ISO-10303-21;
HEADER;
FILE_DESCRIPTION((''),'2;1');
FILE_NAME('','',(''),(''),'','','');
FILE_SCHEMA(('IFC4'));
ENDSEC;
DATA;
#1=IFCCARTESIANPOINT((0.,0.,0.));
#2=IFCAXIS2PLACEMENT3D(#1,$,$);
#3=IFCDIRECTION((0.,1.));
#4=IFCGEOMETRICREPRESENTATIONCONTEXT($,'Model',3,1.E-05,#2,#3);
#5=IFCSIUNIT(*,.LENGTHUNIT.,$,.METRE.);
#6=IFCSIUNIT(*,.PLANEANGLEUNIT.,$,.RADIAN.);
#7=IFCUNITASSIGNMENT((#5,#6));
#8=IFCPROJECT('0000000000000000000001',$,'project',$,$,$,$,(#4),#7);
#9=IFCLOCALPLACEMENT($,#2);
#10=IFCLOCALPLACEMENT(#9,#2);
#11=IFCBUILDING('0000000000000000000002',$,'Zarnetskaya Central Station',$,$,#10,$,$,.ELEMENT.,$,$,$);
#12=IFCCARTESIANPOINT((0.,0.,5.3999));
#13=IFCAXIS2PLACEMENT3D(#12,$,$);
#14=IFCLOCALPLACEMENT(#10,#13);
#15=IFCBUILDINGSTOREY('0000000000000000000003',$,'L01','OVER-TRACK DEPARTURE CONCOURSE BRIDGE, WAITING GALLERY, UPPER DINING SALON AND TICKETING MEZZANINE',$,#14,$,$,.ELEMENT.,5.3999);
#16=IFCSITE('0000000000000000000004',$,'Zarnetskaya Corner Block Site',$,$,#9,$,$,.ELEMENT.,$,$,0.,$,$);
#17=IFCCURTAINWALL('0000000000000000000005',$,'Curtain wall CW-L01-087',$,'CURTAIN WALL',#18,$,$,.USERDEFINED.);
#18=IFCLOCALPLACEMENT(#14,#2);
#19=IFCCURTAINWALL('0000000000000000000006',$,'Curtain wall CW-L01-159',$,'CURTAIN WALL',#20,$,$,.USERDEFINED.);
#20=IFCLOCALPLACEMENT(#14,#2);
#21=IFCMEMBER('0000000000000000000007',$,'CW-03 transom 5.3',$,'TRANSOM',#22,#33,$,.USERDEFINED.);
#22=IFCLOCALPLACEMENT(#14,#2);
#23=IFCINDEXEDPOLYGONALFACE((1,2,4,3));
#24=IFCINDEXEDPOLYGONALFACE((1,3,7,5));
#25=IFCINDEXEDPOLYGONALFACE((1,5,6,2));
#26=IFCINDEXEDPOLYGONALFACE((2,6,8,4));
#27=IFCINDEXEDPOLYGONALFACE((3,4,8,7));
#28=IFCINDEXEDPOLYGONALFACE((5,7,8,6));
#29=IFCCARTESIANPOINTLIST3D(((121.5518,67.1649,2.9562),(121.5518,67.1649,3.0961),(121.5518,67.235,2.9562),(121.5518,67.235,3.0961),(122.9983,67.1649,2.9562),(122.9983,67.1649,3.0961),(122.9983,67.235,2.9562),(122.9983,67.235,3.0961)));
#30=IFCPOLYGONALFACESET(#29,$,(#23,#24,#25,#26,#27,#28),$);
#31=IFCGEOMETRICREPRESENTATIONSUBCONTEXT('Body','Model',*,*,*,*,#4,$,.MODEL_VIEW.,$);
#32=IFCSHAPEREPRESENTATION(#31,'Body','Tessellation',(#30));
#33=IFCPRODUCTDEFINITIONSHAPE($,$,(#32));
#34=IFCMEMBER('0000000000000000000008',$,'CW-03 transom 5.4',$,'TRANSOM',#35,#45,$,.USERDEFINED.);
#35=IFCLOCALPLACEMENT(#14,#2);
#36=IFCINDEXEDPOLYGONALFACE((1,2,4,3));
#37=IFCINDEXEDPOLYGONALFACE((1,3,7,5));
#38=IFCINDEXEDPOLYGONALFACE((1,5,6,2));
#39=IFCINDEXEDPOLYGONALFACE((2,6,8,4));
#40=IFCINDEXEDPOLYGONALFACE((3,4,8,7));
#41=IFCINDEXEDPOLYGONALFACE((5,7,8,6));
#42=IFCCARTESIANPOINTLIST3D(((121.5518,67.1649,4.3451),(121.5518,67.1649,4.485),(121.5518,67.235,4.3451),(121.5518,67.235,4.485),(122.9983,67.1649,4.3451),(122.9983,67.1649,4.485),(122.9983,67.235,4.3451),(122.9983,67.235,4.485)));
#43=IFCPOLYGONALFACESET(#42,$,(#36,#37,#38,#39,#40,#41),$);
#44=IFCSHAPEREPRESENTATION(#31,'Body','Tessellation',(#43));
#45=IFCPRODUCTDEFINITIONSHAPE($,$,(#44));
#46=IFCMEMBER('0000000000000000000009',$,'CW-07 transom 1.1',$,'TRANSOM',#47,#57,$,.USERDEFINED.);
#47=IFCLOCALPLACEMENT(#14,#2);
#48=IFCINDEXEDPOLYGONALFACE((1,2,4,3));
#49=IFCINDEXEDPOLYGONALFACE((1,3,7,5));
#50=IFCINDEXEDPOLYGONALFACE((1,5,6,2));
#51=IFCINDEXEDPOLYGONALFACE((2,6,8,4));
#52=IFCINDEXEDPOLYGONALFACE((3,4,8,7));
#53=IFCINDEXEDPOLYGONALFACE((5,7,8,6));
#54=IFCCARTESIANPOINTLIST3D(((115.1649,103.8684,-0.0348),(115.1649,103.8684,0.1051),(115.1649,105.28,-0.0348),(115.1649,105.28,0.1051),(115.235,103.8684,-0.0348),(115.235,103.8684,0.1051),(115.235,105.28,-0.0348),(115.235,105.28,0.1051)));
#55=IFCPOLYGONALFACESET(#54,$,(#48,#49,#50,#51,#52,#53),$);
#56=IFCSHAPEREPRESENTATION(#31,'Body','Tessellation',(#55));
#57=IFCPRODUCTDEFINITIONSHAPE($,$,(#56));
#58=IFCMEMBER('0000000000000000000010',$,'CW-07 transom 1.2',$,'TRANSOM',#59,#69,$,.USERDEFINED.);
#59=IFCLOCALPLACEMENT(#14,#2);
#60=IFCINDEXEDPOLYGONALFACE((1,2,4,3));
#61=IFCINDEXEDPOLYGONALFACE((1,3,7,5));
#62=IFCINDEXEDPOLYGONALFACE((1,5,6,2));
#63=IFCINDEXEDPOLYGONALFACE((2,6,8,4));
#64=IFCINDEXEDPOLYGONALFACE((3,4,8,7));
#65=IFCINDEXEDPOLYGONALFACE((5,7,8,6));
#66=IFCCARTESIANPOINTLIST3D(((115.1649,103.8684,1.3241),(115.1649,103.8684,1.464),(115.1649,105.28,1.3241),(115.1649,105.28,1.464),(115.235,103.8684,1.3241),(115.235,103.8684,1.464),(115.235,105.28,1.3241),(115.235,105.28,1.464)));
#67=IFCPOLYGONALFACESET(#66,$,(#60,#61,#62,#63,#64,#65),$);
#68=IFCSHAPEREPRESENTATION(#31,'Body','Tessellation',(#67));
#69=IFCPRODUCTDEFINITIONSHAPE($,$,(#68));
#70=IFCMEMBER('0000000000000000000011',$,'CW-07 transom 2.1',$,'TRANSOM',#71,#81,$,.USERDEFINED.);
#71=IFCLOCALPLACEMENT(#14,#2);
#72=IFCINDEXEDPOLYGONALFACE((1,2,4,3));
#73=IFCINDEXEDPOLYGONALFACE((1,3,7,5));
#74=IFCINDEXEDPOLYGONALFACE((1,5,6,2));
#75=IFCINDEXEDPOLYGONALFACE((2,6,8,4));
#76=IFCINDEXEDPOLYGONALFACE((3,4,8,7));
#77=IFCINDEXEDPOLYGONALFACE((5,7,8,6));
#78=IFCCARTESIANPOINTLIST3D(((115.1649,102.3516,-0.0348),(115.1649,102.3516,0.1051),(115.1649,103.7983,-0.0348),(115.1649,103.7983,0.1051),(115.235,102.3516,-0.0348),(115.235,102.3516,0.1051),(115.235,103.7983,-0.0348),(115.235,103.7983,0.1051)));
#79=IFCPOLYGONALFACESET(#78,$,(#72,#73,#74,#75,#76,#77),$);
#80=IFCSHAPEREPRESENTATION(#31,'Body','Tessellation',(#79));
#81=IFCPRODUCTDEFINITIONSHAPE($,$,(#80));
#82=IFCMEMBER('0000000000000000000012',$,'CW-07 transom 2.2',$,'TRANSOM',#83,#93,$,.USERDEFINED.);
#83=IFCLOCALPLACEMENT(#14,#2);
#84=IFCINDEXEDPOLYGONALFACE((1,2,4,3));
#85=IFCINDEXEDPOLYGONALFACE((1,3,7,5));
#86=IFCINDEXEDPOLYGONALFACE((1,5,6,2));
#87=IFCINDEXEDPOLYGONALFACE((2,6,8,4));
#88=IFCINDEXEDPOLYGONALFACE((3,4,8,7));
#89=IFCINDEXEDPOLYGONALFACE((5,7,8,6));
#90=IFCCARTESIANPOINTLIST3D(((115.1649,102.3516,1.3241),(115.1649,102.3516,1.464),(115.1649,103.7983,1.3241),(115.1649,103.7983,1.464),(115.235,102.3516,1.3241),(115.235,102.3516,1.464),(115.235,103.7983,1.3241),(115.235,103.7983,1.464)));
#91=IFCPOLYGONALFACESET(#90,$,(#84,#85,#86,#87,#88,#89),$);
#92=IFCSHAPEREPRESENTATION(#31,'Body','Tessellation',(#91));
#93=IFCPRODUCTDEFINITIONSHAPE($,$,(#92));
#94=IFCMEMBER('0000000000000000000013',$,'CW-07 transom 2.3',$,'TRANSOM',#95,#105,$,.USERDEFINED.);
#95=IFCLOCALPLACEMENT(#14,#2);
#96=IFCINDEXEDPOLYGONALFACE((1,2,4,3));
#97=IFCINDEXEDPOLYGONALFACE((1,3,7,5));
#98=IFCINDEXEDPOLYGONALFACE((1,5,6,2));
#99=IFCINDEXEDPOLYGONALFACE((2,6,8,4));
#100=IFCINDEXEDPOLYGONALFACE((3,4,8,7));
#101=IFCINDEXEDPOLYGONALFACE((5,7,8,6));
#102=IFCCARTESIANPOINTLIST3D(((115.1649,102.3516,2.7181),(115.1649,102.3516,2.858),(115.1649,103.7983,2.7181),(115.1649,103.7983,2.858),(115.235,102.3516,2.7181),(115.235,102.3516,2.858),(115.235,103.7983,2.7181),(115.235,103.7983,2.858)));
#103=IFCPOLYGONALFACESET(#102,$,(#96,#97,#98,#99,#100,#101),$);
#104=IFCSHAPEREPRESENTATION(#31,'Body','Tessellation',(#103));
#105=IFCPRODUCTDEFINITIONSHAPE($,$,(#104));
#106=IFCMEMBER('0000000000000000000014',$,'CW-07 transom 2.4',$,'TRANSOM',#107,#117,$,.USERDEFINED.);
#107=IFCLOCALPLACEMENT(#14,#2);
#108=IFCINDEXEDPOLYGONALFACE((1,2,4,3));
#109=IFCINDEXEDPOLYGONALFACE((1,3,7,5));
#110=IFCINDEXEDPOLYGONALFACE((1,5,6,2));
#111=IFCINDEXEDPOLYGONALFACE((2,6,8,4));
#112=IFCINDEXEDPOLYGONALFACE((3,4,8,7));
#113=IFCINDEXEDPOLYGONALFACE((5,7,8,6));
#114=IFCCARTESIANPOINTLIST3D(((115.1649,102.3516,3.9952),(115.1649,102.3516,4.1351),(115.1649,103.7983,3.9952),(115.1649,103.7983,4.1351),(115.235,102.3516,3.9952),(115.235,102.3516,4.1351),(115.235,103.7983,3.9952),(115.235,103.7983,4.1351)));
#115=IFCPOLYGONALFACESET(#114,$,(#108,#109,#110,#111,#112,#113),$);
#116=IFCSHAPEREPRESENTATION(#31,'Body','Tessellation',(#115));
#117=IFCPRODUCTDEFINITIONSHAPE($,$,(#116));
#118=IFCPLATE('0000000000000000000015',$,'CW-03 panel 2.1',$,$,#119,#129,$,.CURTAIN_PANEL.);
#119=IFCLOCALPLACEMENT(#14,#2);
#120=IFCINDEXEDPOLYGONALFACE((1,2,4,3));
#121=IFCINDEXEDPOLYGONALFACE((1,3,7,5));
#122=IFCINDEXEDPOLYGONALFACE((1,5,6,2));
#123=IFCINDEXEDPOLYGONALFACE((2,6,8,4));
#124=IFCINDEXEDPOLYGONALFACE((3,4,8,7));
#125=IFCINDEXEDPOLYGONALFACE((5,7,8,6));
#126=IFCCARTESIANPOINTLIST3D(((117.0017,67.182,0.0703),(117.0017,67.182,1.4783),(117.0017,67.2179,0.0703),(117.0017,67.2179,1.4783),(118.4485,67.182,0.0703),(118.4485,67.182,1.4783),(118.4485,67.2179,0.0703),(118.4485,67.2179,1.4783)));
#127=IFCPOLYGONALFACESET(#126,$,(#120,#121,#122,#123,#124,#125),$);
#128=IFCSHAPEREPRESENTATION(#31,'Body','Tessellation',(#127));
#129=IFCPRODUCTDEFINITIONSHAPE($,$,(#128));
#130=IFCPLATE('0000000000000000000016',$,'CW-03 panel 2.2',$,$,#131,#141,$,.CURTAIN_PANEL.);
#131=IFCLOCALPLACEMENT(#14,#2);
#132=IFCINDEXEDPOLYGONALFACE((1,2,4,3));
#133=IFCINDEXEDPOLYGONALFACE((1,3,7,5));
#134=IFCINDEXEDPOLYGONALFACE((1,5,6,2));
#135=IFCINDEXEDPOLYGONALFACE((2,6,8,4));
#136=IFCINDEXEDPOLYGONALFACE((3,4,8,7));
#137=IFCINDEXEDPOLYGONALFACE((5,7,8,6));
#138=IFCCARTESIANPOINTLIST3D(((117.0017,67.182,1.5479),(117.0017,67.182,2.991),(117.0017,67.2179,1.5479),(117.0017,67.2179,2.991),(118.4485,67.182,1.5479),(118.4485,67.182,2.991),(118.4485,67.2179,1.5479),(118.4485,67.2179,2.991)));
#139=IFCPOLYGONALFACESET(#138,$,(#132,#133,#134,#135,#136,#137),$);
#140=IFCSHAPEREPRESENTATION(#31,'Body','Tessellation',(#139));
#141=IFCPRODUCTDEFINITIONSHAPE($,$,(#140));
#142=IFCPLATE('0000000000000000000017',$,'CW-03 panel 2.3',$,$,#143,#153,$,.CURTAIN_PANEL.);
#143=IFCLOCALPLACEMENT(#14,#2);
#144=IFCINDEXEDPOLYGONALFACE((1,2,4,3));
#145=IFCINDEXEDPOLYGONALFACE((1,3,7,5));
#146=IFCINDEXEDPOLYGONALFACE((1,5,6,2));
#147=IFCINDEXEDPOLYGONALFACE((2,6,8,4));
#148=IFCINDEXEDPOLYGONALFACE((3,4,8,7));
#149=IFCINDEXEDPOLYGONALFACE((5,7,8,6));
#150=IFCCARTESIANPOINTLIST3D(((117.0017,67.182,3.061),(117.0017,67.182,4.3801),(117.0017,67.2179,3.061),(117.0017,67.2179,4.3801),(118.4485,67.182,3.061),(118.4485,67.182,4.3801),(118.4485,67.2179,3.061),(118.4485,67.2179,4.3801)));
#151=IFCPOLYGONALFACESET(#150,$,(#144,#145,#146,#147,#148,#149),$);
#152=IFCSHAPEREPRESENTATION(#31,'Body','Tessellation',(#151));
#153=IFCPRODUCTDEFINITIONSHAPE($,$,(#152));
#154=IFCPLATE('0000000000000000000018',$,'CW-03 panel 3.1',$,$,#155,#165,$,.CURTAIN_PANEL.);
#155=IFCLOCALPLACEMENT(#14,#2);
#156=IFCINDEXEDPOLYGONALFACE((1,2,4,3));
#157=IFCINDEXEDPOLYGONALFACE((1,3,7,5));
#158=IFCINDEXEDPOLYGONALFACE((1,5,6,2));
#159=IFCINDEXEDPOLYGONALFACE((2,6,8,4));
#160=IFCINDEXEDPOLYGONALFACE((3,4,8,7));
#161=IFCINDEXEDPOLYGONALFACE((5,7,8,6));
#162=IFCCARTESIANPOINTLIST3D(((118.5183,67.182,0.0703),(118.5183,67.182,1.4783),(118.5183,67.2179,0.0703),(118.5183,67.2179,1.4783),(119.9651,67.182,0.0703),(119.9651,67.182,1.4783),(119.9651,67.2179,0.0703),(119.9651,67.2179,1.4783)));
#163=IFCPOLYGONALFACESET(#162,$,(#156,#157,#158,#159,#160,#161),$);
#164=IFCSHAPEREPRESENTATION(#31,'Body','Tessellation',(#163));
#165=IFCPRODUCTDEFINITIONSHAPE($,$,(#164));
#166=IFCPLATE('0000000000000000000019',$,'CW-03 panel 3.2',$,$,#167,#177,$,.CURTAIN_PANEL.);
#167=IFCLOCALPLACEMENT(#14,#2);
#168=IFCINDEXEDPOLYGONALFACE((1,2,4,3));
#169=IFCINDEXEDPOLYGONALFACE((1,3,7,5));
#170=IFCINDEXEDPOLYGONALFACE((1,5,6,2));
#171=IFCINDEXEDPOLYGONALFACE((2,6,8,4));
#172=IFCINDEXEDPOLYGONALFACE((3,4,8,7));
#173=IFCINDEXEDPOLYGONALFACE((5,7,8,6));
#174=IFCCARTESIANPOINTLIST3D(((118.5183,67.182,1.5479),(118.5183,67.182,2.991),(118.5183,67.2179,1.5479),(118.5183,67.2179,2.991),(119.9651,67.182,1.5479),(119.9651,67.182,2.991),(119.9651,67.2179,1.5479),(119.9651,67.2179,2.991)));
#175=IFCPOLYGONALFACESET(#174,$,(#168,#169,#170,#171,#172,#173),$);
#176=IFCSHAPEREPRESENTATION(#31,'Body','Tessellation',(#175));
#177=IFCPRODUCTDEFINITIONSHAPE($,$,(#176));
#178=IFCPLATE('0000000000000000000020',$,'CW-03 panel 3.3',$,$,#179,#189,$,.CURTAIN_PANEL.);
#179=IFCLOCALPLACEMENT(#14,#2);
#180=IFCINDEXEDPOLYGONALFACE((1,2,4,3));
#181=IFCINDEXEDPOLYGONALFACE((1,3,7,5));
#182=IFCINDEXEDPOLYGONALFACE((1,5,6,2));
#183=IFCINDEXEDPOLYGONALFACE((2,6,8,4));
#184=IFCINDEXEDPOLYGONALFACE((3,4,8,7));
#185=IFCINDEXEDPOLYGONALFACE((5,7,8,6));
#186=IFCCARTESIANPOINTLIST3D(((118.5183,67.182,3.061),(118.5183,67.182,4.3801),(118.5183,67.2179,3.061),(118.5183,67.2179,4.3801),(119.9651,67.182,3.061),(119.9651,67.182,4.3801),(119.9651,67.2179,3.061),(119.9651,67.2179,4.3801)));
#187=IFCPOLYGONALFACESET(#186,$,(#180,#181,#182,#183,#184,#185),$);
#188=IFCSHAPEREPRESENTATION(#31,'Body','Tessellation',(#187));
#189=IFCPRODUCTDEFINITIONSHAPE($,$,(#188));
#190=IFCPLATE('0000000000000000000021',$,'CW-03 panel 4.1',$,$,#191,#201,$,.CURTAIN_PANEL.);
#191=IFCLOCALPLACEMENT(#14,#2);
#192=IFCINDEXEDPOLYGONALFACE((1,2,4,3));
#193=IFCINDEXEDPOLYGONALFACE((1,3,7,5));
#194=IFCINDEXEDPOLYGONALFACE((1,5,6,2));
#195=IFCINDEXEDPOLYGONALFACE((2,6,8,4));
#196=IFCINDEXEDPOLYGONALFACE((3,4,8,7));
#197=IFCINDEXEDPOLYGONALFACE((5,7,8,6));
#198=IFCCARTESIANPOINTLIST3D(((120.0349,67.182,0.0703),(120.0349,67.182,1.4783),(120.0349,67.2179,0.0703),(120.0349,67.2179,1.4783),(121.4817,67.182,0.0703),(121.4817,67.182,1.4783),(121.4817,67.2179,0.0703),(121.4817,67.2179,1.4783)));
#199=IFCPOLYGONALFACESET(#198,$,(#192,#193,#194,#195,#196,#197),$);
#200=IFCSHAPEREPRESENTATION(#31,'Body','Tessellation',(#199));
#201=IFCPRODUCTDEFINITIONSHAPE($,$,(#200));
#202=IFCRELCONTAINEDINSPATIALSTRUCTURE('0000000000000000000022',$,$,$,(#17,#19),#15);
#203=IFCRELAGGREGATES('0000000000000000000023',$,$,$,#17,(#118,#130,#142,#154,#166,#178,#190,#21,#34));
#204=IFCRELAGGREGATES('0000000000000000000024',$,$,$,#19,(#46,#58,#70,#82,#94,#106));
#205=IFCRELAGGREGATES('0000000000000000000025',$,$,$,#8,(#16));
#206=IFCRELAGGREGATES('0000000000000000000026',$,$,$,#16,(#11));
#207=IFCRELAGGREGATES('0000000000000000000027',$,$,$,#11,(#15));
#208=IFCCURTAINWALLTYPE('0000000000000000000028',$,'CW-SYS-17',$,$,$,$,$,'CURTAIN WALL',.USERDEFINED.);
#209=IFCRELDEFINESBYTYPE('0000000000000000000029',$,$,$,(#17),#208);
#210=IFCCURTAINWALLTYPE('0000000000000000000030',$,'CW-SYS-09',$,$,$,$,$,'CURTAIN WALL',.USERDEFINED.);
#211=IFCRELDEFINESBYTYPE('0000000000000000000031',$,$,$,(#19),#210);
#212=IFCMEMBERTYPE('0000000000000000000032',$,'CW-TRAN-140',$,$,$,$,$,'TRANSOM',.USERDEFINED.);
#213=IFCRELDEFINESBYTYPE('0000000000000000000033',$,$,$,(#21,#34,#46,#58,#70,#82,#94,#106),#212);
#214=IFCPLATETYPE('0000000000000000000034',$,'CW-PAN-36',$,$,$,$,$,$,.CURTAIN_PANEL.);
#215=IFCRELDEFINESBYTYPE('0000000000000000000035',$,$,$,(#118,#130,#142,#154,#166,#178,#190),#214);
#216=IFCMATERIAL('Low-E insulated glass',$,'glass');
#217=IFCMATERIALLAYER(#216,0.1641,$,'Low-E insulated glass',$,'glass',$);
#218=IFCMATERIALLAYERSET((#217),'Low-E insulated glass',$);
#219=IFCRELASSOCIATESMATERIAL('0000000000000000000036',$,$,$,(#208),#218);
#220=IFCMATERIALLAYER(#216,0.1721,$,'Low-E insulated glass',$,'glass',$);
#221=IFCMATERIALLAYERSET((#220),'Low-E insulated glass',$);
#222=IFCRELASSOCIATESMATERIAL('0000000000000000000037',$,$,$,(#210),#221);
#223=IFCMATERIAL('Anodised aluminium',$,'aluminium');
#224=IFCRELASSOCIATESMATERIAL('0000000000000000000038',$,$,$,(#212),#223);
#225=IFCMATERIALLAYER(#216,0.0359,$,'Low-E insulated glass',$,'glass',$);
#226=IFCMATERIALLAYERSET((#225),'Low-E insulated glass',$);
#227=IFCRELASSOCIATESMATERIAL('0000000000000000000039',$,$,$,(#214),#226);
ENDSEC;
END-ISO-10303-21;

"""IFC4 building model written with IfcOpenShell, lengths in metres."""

from ifc_helpers import new_model, si_unit, direction, frame, origin, origin_2d, place, context, subcontext, project, spatial, rectangle, extrude, material, layer, layer_set, material_profile, profile_set, type_object, element, aggregate, save


model = new_model("IFC4")

# Units and contexts
model_context = context("Model", 3, precision=1e-05, world=origin(), true_north=direction((0.0, 1.0)))
body_context = subcontext(model_context, "Body", "Model", "MODEL_VIEW")
ifc_project = project(units=[si_unit("LENGTHUNIT", "METRE"), si_unit("PLANEANGLEUNIT", "RADIAN")], contexts=[model_context])

# Site, building, storey
site_placement = place(None, origin())
site = spatial("IfcSite", under=ifc_project, at=site_placement, Name="Zarnetskaya Corner Block Site", CompositionType="ELEMENT", RefElevation=0.0)
building_placement = place(site_placement, origin())
building = spatial("IfcBuilding", under=site, at=building_placement, Name="Zarnetskaya Central Station", CompositionType="ELEMENT")
storey_placement = place(building_placement, frame((0.0, 0.0, 5.3999)))
storey = spatial("IfcBuildingStorey", under=building, at=storey_placement, Name="L01", Description="OVER-TRACK DEPARTURE CONCOURSE BRIDGE, WAITING GALLERY, UPPER DINING SALON AND TICKETING MEZZANINE", CompositionType="ELEMENT", Elevation=5.3999)

# Curtain wall
ifc_material_1 = material(Name="Low-E insulated glass", Category="glass")
ifc_layer_1 = layer(ifc_material_1, 0.1641, Name="Low-E insulated glass", Category="glass")
ifc_layer_set_1 = layer_set([ifc_layer_1], Name="Low-E insulated glass")
curtain_wall_type_1 = type_object("IfcCurtainWallType", Name="CW-SYS-17", ElementType="CURTAIN WALL", PredefinedType="USERDEFINED", material=ifc_layer_set_1)
curtain_wall_1_placement = place(storey_placement, origin())
curtain_wall_1 = element("IfcCurtainWall", 1, at=curtain_wall_1_placement, inside=storey, type_object=curtain_wall_type_1, Name="Curtain wall CW-L01-087", ObjectType="CURTAIN WALL", PredefinedType="USERDEFINED")
ifc_material_2 = material(Name="Anodised aluminium", Category="aluminium")

# Curtain wall
ifc_layer_2 = layer(ifc_material_1, 0.1721, Name="Low-E insulated glass", Category="glass")
ifc_layer_set_2 = layer_set([ifc_layer_2], Name="Low-E insulated glass")
curtain_wall_type_2 = type_object("IfcCurtainWallType", Name="CW-SYS-09", ElementType="CURTAIN WALL", PredefinedType="USERDEFINED", material=ifc_layer_set_2)
curtain_wall_2_placement = place(storey_placement, origin())
curtain_wall_2 = element("IfcCurtainWall", 2, at=curtain_wall_2_placement, inside=storey, type_object=curtain_wall_type_2, Name="Curtain wall CW-L01-159", ObjectType="CURTAIN WALL", PredefinedType="USERDEFINED")

# Members
ifc_material_profile_1 = material_profile(ifc_material_2, rectangle(XDim=0.0701, YDim=0.1399, at=origin_2d()), Name="ALU TRAN 70x140")
ifc_profile_set_1 = profile_set([ifc_material_profile_1], Name="Anodised aluminium")
member_type_1 = type_object("IfcMemberType", Name="CW-TRAN-140", ElementType="TRANSOM", PredefinedType="USERDEFINED", material=ifc_profile_set_1)
member_1_placement = place(storey_placement, frame((121.5518, 67.2, 3.0261), z_axis=(1.0, 0.0, 0.0), x_axis=(0.0, 1.0, 0.0)))
member_1 = element("IfcMember", 3, at=member_1_placement, type_object=member_type_1, Name="CW-03 transom 5.3", ObjectType="TRANSOM", PredefinedType="USERDEFINED", context=body_context, shape_type="SweptSolid", body=[
    extrude(rectangle(XDim=0.0701, YDim=0.1399, at=origin_2d()), origin(), (0.0, 0.0, 1.0), 1.4465),
])
member_2_placement = place(storey_placement, frame((121.5518, 67.2, 4.415), z_axis=(1.0, 0.0, 0.0), x_axis=(0.0, 1.0, 0.0)))
member_2 = element("IfcMember", 4, at=member_2_placement, type_object=member_type_1, Name="CW-03 transom 5.4", ObjectType="TRANSOM", PredefinedType="USERDEFINED", context=body_context, shape_type="SweptSolid", body=[
    extrude(rectangle(XDim=0.0701, YDim=0.1399, at=origin_2d()), origin(), (0.0, 0.0, 1.0), 1.4465),
])
member_3_placement = place(storey_placement, frame((115.2, 105.28, 0.0352), z_axis=(0.0, -1.0, 0.0), x_axis=(1.0, 0.0, 0.0)))
member_3 = element("IfcMember", 5, at=member_3_placement, type_object=member_type_1, Name="CW-07 transom 1.1", ObjectType="TRANSOM", PredefinedType="USERDEFINED", context=body_context, shape_type="SweptSolid", body=[
    extrude(rectangle(XDim=0.0701, YDim=0.1399, at=origin_2d()), origin(), (0.0, 0.0, 1.0), 1.4116),
])
member_4_placement = place(storey_placement, frame((115.2, 105.28, 1.394), z_axis=(0.0, -1.0, 0.0), x_axis=(1.0, 0.0, 0.0)))
member_4 = element("IfcMember", 6, at=member_4_placement, type_object=member_type_1, Name="CW-07 transom 1.2", ObjectType="TRANSOM", PredefinedType="USERDEFINED", context=body_context, shape_type="SweptSolid", body=[
    extrude(rectangle(XDim=0.0701, YDim=0.1399, at=origin_2d()), origin(), (0.0, 0.0, 1.0), 1.4116),
])
member_5_placement = place(storey_placement, frame((115.2, 103.7983, 0.0352), z_axis=(0.0, -1.0, 0.0), x_axis=(1.0, 0.0, 0.0)))
member_5 = element("IfcMember", 7, at=member_5_placement, type_object=member_type_1, Name="CW-07 transom 2.1", ObjectType="TRANSOM", PredefinedType="USERDEFINED", context=body_context, shape_type="SweptSolid", body=[
    extrude(rectangle(XDim=0.0701, YDim=0.1399, at=origin_2d()), origin(), (0.0, 0.0, 1.0), 1.4468),
])
member_6_placement = place(storey_placement, frame((115.2, 103.7983, 1.394), z_axis=(0.0, -1.0, 0.0), x_axis=(1.0, 0.0, 0.0)))
member_6 = element("IfcMember", 8, at=member_6_placement, type_object=member_type_1, Name="CW-07 transom 2.2", ObjectType="TRANSOM", PredefinedType="USERDEFINED", context=body_context, shape_type="SweptSolid", body=[
    extrude(rectangle(XDim=0.0701, YDim=0.1399, at=origin_2d()), origin(), (0.0, 0.0, 1.0), 1.4468),
])
member_7_placement = place(storey_placement, frame((115.2, 103.7983, 2.7881), z_axis=(0.0, -1.0, 0.0), x_axis=(1.0, 0.0, 0.0)))
member_7 = element("IfcMember", 9, at=member_7_placement, type_object=member_type_1, Name="CW-07 transom 2.3", ObjectType="TRANSOM", PredefinedType="USERDEFINED", context=body_context, shape_type="SweptSolid", body=[
    extrude(rectangle(XDim=0.0701, YDim=0.1399, at=origin_2d()), origin(), (0.0, 0.0, 1.0), 1.4468),
])
member_8_placement = place(storey_placement, frame((115.2, 103.7983, 4.0652), z_axis=(0.0, -1.0, 0.0), x_axis=(1.0, 0.0, 0.0)))
member_8 = element("IfcMember", 10, at=member_8_placement, type_object=member_type_1, Name="CW-07 transom 2.4", ObjectType="TRANSOM", PredefinedType="USERDEFINED", context=body_context, shape_type="SweptSolid", body=[
    extrude(rectangle(XDim=0.0701, YDim=0.1399, at=origin_2d()), origin(), (0.0, 0.0, 1.0), 1.4468),
])

# Plates
ifc_layer_3 = layer(ifc_material_1, 0.0359, Name="Low-E insulated glass", Category="glass")
ifc_layer_set_3 = layer_set([ifc_layer_3], Name="Low-E insulated glass")
plate_type_1 = type_object("IfcPlateType", Name="CW-PAN-36", PredefinedType="CURTAIN_PANEL", material=ifc_layer_set_3)
plate_1_placement = place(storey_placement, frame((117.7251, 67.2, 0.0703), z_axis=(0.0, 0.0, 1.0), x_axis=(1.0, 0.0, 0.0)))
plate_1 = element("IfcPlate", 11, at=plate_1_placement, type_object=plate_type_1, Name="CW-03 panel 2.1", PredefinedType="CURTAIN_PANEL", context=body_context, shape_type="SweptSolid", body=[
    extrude(rectangle(XDim=1.4468, YDim=0.0359, at=origin_2d()), origin(), (0.0, 0.0, 1.0), 1.408),
])
plate_2_placement = place(storey_placement, frame((117.7251, 67.2, 1.5479), z_axis=(0.0, 0.0, 1.0), x_axis=(1.0, 0.0, 0.0)))
plate_2 = element("IfcPlate", 12, at=plate_2_placement, type_object=plate_type_1, Name="CW-03 panel 2.2", PredefinedType="CURTAIN_PANEL", context=body_context, shape_type="SweptSolid", body=[
    extrude(rectangle(XDim=1.4468, YDim=0.0359, at=origin_2d()), origin(), (0.0, 0.0, 1.0), 1.4431),
])
plate_3_placement = place(storey_placement, frame((117.7251, 67.2, 3.061), z_axis=(0.0, 0.0, 1.0), x_axis=(1.0, 0.0, 0.0)))
plate_3 = element("IfcPlate", 13, at=plate_3_placement, type_object=plate_type_1, Name="CW-03 panel 2.3", PredefinedType="CURTAIN_PANEL", context=body_context, shape_type="SweptSolid", body=[
    extrude(rectangle(XDim=1.4468, YDim=0.0359, at=origin_2d()), origin(), (0.0, 0.0, 1.0), 1.3191),
])
plate_4_placement = place(storey_placement, frame((119.2417, 67.2, 0.0703), z_axis=(0.0, 0.0, 1.0), x_axis=(1.0, 0.0, 0.0)))
plate_4 = element("IfcPlate", 14, at=plate_4_placement, type_object=plate_type_1, Name="CW-03 panel 3.1", PredefinedType="CURTAIN_PANEL", context=body_context, shape_type="SweptSolid", body=[
    extrude(rectangle(XDim=1.4468, YDim=0.0359, at=origin_2d()), origin(), (0.0, 0.0, 1.0), 1.408),
])
plate_5_placement = place(storey_placement, frame((119.2417, 67.2, 1.5479), z_axis=(0.0, 0.0, 1.0), x_axis=(1.0, 0.0, 0.0)))
plate_5 = element("IfcPlate", 15, at=plate_5_placement, type_object=plate_type_1, Name="CW-03 panel 3.2", PredefinedType="CURTAIN_PANEL", context=body_context, shape_type="SweptSolid", body=[
    extrude(rectangle(XDim=1.4468, YDim=0.0359, at=origin_2d()), origin(), (0.0, 0.0, 1.0), 1.4431),
])
plate_6_placement = place(storey_placement, frame((119.2417, 67.2, 3.061), z_axis=(0.0, 0.0, 1.0), x_axis=(1.0, 0.0, 0.0)))
plate_6 = element("IfcPlate", 16, at=plate_6_placement, type_object=plate_type_1, Name="CW-03 panel 3.3", PredefinedType="CURTAIN_PANEL", context=body_context, shape_type="SweptSolid", body=[
    extrude(rectangle(XDim=1.4468, YDim=0.0359, at=origin_2d()), origin(), (0.0, 0.0, 1.0), 1.3191),
])
plate_7_placement = place(storey_placement, frame((120.7583, 67.2, 0.0703), z_axis=(0.0, 0.0, 1.0), x_axis=(1.0, 0.0, 0.0)))
plate_7 = element("IfcPlate", 17, at=plate_7_placement, type_object=plate_type_1, Name="CW-03 panel 4.1", PredefinedType="CURTAIN_PANEL", context=body_context, shape_type="SweptSolid", body=[
    extrude(rectangle(XDim=1.4468, YDim=0.0359, at=origin_2d()), origin(), (0.0, 0.0, 1.0), 1.408),
])
aggregate(curtain_wall_1, [plate_1, plate_2, plate_3, plate_4, plate_5, plate_6, plate_7, member_1, member_2])
aggregate(curtain_wall_2, [member_3, member_4, member_5, member_6, member_7, member_8])

save(model, "model.ifc")
